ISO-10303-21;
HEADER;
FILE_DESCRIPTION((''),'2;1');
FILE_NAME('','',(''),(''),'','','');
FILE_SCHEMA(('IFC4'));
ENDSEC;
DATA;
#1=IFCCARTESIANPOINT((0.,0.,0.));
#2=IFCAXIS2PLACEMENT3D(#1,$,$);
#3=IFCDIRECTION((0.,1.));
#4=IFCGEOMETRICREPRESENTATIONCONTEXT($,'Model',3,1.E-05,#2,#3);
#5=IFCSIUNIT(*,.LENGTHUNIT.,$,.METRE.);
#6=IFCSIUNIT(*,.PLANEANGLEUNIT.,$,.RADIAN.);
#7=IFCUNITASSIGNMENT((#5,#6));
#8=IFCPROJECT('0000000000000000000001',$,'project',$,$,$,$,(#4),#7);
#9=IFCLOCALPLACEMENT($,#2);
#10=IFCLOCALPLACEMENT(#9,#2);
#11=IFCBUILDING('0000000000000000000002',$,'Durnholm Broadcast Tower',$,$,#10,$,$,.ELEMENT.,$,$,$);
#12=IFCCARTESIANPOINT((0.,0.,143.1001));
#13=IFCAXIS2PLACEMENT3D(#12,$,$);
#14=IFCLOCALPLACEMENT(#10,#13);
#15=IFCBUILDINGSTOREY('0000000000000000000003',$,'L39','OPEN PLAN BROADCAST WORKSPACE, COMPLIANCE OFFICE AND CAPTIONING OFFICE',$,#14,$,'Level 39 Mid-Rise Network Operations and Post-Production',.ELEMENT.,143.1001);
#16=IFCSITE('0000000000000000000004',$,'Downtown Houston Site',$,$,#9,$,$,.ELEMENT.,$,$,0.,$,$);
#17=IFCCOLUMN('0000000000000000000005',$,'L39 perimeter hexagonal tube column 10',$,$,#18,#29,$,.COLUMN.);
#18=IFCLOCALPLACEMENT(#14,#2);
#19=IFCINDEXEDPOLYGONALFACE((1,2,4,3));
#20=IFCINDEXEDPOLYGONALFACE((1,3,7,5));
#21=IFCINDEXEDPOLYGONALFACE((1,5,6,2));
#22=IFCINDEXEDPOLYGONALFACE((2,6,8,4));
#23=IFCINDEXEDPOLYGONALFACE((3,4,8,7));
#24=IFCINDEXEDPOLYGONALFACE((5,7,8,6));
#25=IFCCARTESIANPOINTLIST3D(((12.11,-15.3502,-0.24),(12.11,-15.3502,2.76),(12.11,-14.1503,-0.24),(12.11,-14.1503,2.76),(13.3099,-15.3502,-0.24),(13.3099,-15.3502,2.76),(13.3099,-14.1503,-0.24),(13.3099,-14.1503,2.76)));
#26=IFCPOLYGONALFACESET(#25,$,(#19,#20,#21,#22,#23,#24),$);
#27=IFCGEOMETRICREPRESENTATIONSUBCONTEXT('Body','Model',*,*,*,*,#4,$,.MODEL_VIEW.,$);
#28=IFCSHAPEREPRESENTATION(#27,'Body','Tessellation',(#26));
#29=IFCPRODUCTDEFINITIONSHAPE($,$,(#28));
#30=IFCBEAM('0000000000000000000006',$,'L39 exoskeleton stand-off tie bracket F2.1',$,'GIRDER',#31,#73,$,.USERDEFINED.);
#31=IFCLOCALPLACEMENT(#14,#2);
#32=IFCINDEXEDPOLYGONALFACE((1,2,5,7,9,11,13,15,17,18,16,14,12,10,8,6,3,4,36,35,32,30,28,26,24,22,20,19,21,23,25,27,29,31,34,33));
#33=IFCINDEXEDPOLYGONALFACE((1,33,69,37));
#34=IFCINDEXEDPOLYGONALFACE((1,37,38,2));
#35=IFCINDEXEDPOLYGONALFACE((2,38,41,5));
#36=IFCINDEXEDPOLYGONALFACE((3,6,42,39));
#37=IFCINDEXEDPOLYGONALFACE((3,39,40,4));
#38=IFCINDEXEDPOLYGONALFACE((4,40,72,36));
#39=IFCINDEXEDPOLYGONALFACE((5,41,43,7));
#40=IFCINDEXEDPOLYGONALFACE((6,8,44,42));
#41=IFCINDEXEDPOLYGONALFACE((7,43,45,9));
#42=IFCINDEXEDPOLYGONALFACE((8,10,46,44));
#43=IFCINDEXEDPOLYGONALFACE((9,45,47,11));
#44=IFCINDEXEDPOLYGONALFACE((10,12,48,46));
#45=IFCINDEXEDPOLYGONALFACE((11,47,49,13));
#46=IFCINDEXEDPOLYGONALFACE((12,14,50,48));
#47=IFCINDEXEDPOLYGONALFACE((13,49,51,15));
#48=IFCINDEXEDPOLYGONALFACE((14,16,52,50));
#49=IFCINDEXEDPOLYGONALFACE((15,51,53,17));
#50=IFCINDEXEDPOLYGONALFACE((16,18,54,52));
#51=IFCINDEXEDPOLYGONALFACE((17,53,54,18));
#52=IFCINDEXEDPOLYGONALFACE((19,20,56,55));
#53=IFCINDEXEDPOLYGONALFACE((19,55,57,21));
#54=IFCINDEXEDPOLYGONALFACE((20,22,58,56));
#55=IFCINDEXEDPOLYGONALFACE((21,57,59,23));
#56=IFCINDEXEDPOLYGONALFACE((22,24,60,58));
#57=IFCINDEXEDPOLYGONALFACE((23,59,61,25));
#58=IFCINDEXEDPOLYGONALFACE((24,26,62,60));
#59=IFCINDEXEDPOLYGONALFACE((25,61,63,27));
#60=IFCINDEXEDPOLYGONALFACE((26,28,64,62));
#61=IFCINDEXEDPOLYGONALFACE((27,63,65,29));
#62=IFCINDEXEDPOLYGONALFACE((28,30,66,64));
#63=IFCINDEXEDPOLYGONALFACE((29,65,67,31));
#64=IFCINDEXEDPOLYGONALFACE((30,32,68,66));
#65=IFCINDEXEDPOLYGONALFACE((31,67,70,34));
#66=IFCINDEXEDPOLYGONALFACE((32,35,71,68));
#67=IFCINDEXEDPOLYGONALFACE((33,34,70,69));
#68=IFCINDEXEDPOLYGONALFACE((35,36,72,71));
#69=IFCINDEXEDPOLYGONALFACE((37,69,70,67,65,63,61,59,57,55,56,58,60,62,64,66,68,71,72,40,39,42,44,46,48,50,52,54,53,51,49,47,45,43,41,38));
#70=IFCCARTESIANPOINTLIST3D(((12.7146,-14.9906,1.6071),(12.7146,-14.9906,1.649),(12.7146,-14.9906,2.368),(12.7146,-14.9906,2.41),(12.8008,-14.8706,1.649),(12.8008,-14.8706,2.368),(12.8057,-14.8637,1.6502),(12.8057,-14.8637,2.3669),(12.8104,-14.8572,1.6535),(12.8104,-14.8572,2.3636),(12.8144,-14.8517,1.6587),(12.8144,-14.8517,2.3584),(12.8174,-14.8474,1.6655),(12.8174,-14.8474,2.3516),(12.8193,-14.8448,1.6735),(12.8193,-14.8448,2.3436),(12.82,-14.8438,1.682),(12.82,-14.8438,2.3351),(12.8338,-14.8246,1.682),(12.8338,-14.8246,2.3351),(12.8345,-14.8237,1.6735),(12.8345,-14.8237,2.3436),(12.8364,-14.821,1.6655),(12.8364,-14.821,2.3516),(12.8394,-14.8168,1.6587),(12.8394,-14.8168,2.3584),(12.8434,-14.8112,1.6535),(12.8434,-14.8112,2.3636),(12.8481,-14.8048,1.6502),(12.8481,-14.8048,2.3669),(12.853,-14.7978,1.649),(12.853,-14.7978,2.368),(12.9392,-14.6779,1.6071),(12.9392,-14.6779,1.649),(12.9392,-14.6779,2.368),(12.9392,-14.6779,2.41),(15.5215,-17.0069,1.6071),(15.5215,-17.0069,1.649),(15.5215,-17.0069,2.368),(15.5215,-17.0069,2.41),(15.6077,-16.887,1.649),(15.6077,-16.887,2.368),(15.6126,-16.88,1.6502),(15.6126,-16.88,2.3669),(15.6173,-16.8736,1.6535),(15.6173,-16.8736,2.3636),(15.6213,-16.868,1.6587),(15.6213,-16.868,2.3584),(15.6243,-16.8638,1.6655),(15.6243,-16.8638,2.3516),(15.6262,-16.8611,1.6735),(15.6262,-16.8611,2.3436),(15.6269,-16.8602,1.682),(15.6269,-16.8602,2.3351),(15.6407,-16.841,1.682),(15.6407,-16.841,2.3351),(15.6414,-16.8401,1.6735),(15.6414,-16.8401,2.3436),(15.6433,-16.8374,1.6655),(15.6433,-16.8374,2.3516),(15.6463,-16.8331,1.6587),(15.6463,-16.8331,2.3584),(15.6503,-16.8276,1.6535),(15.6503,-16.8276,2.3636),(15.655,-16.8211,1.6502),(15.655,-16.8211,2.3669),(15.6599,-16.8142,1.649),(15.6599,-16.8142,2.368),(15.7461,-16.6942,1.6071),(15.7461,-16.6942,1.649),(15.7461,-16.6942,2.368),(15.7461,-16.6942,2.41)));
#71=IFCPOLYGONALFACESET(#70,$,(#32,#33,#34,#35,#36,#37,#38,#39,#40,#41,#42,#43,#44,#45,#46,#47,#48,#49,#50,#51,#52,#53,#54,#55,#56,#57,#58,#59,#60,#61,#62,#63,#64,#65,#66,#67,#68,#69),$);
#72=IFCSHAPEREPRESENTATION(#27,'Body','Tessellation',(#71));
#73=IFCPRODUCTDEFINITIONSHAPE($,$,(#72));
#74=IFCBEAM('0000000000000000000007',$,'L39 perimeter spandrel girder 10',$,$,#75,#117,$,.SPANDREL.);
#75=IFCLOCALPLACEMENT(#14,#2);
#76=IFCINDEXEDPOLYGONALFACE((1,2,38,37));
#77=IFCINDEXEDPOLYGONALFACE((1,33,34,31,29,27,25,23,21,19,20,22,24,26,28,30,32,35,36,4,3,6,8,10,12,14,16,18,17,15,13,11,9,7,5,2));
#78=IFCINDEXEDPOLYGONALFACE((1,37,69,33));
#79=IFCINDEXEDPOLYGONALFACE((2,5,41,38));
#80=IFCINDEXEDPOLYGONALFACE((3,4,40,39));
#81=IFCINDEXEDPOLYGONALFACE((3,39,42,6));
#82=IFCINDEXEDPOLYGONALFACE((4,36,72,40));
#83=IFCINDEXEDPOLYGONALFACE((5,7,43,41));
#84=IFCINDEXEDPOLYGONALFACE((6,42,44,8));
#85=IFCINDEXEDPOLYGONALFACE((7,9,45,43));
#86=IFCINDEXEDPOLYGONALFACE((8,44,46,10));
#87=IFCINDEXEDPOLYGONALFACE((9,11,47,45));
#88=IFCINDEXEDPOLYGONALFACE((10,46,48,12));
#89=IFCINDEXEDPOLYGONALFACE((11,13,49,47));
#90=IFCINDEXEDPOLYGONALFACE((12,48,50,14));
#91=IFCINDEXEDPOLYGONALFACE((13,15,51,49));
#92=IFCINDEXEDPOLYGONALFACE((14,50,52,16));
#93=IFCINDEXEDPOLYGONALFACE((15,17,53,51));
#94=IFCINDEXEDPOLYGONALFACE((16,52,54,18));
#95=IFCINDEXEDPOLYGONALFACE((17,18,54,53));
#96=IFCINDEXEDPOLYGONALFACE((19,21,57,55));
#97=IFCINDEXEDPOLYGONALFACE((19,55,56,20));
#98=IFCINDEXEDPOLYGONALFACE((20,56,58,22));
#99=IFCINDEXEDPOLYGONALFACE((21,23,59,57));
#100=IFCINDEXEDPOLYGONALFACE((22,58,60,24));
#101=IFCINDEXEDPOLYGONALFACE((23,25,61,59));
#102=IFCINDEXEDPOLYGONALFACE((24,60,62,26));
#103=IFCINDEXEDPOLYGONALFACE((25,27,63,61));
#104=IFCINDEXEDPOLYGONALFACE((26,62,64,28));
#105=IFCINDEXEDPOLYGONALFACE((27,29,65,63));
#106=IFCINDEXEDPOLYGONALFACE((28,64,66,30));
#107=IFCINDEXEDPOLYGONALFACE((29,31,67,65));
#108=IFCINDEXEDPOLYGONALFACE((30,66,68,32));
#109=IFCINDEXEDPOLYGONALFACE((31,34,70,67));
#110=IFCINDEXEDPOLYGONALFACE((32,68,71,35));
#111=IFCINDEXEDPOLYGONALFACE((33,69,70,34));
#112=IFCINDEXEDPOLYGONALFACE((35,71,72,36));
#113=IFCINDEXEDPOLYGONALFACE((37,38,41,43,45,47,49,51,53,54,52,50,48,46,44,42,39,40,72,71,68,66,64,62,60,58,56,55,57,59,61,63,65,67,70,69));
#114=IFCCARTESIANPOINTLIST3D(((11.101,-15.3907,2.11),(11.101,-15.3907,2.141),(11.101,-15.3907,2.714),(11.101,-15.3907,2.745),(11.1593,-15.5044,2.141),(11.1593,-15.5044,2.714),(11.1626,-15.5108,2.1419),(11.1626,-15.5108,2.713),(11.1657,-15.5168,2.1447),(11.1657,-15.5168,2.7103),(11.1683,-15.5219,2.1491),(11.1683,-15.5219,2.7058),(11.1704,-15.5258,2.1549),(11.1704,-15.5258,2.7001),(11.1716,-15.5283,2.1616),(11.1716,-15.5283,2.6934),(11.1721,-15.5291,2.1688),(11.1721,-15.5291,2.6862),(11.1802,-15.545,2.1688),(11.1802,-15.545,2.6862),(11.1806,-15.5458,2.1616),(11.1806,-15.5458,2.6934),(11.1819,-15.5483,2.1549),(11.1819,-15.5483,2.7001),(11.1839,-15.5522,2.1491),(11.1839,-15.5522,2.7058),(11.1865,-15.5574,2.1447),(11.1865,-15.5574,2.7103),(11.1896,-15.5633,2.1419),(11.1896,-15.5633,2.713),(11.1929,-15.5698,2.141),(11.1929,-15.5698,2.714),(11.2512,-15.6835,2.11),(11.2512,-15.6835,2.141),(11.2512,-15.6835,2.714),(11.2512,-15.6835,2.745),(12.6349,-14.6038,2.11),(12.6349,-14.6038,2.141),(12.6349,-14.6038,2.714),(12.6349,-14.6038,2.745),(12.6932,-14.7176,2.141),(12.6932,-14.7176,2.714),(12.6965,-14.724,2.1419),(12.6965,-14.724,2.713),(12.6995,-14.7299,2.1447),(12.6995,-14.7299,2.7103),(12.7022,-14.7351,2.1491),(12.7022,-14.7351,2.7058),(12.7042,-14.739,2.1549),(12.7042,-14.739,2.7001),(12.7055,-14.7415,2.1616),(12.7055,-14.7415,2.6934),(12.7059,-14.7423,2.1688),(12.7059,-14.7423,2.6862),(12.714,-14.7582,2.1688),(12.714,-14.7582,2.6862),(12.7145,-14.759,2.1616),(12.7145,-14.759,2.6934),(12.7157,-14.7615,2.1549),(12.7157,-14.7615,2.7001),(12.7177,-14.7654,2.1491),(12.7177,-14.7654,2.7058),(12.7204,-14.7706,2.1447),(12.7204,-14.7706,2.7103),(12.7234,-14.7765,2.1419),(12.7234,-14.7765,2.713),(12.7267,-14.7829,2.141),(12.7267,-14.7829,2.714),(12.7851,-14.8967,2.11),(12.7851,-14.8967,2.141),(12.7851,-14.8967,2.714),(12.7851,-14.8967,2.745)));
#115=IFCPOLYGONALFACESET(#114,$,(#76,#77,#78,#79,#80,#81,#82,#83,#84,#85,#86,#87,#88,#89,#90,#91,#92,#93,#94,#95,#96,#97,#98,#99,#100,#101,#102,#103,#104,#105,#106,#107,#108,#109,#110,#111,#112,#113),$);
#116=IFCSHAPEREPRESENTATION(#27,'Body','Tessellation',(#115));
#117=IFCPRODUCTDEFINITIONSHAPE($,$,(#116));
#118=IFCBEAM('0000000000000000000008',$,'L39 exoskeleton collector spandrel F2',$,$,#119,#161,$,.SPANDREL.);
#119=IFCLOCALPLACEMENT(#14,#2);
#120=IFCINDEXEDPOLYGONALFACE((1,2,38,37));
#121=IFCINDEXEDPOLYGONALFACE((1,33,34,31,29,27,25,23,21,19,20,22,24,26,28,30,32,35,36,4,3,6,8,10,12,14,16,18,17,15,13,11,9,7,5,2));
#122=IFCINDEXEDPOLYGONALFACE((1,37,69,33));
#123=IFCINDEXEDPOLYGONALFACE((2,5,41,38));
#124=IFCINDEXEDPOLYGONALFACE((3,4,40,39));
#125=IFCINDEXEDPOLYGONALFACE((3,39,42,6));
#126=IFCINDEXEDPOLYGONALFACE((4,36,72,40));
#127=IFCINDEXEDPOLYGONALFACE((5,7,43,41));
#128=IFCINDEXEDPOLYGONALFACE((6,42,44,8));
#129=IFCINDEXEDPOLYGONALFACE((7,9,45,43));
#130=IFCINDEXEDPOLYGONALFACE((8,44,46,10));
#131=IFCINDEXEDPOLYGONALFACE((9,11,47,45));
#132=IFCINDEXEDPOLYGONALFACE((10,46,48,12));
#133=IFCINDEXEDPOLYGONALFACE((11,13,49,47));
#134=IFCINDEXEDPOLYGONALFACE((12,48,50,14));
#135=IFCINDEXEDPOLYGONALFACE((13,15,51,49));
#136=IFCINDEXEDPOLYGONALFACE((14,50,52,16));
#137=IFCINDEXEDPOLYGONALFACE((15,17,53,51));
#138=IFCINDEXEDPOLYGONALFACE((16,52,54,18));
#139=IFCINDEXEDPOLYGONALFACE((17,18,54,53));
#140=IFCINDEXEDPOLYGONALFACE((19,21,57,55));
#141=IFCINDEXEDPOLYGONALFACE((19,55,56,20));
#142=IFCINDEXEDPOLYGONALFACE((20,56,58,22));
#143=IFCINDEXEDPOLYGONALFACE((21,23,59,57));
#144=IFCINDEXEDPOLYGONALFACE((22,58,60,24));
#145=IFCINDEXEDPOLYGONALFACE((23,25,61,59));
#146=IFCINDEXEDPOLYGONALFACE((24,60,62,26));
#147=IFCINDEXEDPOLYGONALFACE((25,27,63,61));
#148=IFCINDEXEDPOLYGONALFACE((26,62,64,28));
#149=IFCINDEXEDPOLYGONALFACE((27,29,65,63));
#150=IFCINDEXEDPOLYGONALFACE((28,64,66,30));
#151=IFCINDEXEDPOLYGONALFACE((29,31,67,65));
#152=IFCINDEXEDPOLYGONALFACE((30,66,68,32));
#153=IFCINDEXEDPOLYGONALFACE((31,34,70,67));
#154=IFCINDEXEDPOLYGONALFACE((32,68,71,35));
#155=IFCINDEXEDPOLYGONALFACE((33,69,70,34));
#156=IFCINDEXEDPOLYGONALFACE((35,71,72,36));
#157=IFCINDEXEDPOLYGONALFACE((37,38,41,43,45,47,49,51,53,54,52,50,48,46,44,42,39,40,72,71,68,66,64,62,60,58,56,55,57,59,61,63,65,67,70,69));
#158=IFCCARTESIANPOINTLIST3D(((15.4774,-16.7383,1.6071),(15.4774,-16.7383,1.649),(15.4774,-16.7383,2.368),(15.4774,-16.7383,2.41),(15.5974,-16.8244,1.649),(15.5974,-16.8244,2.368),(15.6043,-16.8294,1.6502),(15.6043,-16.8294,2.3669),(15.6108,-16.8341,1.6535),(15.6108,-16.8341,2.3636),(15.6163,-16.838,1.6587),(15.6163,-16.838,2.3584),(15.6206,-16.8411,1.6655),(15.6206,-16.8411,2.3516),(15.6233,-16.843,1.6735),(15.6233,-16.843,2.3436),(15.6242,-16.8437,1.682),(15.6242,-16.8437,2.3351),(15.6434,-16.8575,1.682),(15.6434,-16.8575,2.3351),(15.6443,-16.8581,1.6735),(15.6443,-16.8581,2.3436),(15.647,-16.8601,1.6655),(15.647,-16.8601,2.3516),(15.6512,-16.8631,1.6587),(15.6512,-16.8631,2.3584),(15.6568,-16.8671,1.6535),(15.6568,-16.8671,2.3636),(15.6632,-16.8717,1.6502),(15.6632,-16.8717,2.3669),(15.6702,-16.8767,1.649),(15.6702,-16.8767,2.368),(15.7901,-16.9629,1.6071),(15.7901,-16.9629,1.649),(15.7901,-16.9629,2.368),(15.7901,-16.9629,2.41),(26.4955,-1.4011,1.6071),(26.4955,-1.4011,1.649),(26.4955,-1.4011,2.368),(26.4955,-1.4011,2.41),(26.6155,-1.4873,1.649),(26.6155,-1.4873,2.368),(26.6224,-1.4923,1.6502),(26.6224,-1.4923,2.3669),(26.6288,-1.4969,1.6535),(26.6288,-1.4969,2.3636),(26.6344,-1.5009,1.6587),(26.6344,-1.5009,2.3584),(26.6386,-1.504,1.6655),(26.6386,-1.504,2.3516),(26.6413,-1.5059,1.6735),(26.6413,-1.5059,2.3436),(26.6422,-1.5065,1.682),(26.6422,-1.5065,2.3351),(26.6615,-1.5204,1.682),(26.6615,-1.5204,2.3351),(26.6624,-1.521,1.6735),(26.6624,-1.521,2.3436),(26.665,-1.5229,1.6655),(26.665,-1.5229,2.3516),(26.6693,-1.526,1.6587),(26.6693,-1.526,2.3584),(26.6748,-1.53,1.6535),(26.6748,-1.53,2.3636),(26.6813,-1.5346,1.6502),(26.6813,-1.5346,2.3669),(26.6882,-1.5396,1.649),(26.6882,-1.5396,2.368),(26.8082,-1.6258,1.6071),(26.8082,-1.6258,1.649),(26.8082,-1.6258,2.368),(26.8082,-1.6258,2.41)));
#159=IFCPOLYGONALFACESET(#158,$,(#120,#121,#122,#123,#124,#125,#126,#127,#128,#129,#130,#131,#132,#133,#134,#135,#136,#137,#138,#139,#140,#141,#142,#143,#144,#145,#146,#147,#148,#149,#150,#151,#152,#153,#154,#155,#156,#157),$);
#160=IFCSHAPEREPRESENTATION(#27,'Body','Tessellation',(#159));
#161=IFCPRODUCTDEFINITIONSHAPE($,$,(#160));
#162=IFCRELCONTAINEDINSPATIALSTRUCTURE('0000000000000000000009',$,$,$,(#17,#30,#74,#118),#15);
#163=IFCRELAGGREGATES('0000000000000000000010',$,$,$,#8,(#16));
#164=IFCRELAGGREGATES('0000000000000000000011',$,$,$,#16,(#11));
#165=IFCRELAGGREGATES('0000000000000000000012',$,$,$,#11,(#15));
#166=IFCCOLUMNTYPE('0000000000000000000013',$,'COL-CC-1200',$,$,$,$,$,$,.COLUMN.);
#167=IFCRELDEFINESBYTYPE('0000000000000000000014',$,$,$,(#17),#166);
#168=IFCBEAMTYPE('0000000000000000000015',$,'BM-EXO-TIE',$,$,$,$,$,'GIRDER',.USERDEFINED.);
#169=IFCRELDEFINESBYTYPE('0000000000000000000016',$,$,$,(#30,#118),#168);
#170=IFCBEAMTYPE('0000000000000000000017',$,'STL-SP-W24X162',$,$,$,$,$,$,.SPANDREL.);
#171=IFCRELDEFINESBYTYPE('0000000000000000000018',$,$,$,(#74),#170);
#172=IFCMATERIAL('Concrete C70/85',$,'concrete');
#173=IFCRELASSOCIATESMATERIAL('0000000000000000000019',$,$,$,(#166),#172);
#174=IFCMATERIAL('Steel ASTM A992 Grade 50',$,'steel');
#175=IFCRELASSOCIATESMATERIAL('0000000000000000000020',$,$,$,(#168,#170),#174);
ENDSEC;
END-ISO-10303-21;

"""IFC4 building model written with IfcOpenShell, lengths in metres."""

from ifc_helpers import new_model, si_unit, direction, frame, origin, origin_2d, place, context, subcontext, project, spatial, rectangle, i_section, extrude, source, transform, mapped, material, material_profile, profile_set, type_object, type_shapes, element, save


model = new_model("IFC4")

# Units and contexts
model_context = context("Model", 3, precision=1e-05, world=origin(), true_north=direction((0.0, 1.0)))
body_context = subcontext(model_context, "Body", "Model", "MODEL_VIEW")
ifc_project = project(units=[si_unit("LENGTHUNIT", "METRE"), si_unit("PLANEANGLEUNIT", "RADIAN")], contexts=[model_context])

# Site, building, storey
site_placement = place(None, origin())
site = spatial("IfcSite", under=ifc_project, at=site_placement, Name="Downtown Houston Site", CompositionType="ELEMENT", RefElevation=0.0)
building_placement = place(site_placement, origin())
building = spatial("IfcBuilding", under=site, at=building_placement, Name="Durnholm Broadcast Tower", CompositionType="ELEMENT")
storey_placement = place(building_placement, frame((0.0, 0.0, 143.1001)))
storey = spatial("IfcBuildingStorey", under=building, at=storey_placement, Name="L39", Description="OPEN PLAN BROADCAST WORKSPACE, COMPLIANCE OFFICE AND CAPTIONING OFFICE", LongName="Level 39 Mid-Rise Network Operations and Post-Production", CompositionType="ELEMENT", Elevation=143.1001)

# Column
ifc_material_1 = material(Name="Concrete C70/85", Category="concrete")
ifc_material_profile_1 = material_profile(ifc_material_1, rectangle(XDim=1.2, YDim=1.2, at=origin_2d()), Name="RC1200X1200")
ifc_profile_set_1 = profile_set([ifc_material_profile_1], Name="Concrete C70/85")
column_type = type_object("IfcColumnType", Name="COL-CC-1200", PredefinedType="COLUMN", material=ifc_profile_set_1)
shared_shape_1 = source(origin(), body_context, "Body", "SweptSolid", [
    extrude(rectangle(XDim=1.2, YDim=1.2, at=origin_2d()), origin(), (0.0, 0.0, 1.0), 3.0),
])
type_shapes(column_type, [shared_shape_1])
column_placement = place(storey_placement, frame((12.71, -14.7502, -0.24), z_axis=(0.0, 0.0, 1.0), x_axis=(1.0, 0.0, 0.0)))
element("IfcColumn", 1, at=column_placement, inside=storey, type_object=column_type, Name="L39 perimeter hexagonal tube column 10", PredefinedType="COLUMN", context=body_context, shape_type="MappedRepresentation", body=[
    mapped(shared_shape_1, transform((0.0, 0.0, 0.0), x_axis=(1.0, 0.0, 0.0), y_axis=(0.0, 1.0, 0.0), z_axis=(0.0, 0.0, 1.0), scale=1.0)),
])

# Beams
ifc_material_2 = material(Name="Steel ASTM A992 Grade 50", Category="steel")
ifc_material_profile_2 = material_profile(ifc_material_2, i_section(OverallWidth=0.385, OverallDepth=0.803, WebThickness=0.0237, FlangeThickness=0.042, FilletRadius=0.033, at=origin_2d()), Name="W30X261")
ifc_profile_set_2 = profile_set([ifc_material_profile_2], Name="Steel ASTM A992 Grade 50")
beam_type_1 = type_object("IfcBeamType", Name="BM-EXO-TIE", ElementType="GIRDER", PredefinedType="USERDEFINED", material=ifc_profile_set_2)
shared_shape_2 = source(origin(), body_context, "Body", "SweptSolid", [
    extrude(i_section(OverallWidth=0.385, OverallDepth=0.803, WebThickness=0.0237, FlangeThickness=0.042, FilletRadius=0.033, at=origin_2d()), origin(), (0.0, 0.0, 1.0), 3.4561),
])
beam_1_placement = place(storey_placement, frame((12.8269, -14.8342, 2.0085), z_axis=(0.812165, -0.583428, 0.0), x_axis=(0.583428, 0.812165, 0.0)))
element("IfcBeam", 2, at=beam_1_placement, inside=storey, type_object=beam_type_1, Name="L39 exoskeleton stand-off tie bracket F2.1", ObjectType="GIRDER", PredefinedType="USERDEFINED", context=body_context, shape_type="MappedRepresentation", body=[
    mapped(shared_shape_2, transform((0.0, 0.0, 0.0), x_axis=(1.0, 0.0, 0.0), y_axis=(0.0, 1.0, 0.0), z_axis=(0.0, 0.0, 1.0), scale=1.0)),
])
ifc_material_profile_3 = material_profile(ifc_material_2, i_section(OverallWidth=0.3291, OverallDepth=0.635, WebThickness=0.0178, FlangeThickness=0.031, FilletRadius=0.0278, at=origin_2d()), Name="W24X162")
ifc_profile_set_3 = profile_set([ifc_material_profile_3], Name="Steel ASTM A992 Grade 50")
beam_type_2 = type_object("IfcBeamType", Name="STL-SP-W24X162", PredefinedType="SPANDREL", material=ifc_profile_set_3)
shared_shape_3 = source(origin(), body_context, "Body", "SweptSolid", [
    extrude(i_section(OverallWidth=0.3291, OverallDepth=0.635, WebThickness=0.0178, FlangeThickness=0.031, FilletRadius=0.0278, at=origin_2d()), origin(), (0.0, 0.0, 1.0), 1.7239),
])
type_shapes(beam_type_2, [shared_shape_3])
beam_2_placement = place(storey_placement, frame((12.71, -14.7502, 2.4275), z_axis=(-0.889763, -0.456423, 0.0), x_axis=(0.456423, -0.889763, 0.0)))
element("IfcBeam", 3, at=beam_2_placement, inside=storey, type_object=beam_type_2, Name="L39 perimeter spandrel girder 10", PredefinedType="SPANDREL", context=body_context, shape_type="MappedRepresentation", body=[
    mapped(shared_shape_3, transform((0.0, 0.0, 0.0), x_axis=(1.0, 0.0, 0.0), y_axis=(0.0, 1.0, 0.0), z_axis=(0.0, 0.0, 1.0), scale=1.0)),
])
shared_shape_4 = source(origin(), body_context, "Body", "SweptSolid", [
    extrude(i_section(OverallWidth=0.385, OverallDepth=0.803, WebThickness=0.0237, FlangeThickness=0.042, FilletRadius=0.033, at=origin_2d()), origin(), (0.0, 0.0, 1.0), 18.8845),
])
type_shapes(beam_type_1, [shared_shape_2, shared_shape_4])
beam_3_placement = place(storey_placement, frame((15.6338, -16.8506, 2.0085), z_axis=(0.583443, 0.812154, 0.0), x_axis=(-0.812154, 0.583443, 0.0)))
element("IfcBeam", 4, at=beam_3_placement, inside=storey, type_object=beam_type_1, Name="L39 exoskeleton collector spandrel F2", PredefinedType="SPANDREL", context=body_context, shape_type="MappedRepresentation", body=[
    mapped(shared_shape_4, transform((0.0, 0.0, 0.0), x_axis=(1.0, 0.0, 0.0), y_axis=(0.0, 1.0, 0.0), z_axis=(0.0, 0.0, 1.0), scale=1.0)),
])

save(model, "model.ifc")
